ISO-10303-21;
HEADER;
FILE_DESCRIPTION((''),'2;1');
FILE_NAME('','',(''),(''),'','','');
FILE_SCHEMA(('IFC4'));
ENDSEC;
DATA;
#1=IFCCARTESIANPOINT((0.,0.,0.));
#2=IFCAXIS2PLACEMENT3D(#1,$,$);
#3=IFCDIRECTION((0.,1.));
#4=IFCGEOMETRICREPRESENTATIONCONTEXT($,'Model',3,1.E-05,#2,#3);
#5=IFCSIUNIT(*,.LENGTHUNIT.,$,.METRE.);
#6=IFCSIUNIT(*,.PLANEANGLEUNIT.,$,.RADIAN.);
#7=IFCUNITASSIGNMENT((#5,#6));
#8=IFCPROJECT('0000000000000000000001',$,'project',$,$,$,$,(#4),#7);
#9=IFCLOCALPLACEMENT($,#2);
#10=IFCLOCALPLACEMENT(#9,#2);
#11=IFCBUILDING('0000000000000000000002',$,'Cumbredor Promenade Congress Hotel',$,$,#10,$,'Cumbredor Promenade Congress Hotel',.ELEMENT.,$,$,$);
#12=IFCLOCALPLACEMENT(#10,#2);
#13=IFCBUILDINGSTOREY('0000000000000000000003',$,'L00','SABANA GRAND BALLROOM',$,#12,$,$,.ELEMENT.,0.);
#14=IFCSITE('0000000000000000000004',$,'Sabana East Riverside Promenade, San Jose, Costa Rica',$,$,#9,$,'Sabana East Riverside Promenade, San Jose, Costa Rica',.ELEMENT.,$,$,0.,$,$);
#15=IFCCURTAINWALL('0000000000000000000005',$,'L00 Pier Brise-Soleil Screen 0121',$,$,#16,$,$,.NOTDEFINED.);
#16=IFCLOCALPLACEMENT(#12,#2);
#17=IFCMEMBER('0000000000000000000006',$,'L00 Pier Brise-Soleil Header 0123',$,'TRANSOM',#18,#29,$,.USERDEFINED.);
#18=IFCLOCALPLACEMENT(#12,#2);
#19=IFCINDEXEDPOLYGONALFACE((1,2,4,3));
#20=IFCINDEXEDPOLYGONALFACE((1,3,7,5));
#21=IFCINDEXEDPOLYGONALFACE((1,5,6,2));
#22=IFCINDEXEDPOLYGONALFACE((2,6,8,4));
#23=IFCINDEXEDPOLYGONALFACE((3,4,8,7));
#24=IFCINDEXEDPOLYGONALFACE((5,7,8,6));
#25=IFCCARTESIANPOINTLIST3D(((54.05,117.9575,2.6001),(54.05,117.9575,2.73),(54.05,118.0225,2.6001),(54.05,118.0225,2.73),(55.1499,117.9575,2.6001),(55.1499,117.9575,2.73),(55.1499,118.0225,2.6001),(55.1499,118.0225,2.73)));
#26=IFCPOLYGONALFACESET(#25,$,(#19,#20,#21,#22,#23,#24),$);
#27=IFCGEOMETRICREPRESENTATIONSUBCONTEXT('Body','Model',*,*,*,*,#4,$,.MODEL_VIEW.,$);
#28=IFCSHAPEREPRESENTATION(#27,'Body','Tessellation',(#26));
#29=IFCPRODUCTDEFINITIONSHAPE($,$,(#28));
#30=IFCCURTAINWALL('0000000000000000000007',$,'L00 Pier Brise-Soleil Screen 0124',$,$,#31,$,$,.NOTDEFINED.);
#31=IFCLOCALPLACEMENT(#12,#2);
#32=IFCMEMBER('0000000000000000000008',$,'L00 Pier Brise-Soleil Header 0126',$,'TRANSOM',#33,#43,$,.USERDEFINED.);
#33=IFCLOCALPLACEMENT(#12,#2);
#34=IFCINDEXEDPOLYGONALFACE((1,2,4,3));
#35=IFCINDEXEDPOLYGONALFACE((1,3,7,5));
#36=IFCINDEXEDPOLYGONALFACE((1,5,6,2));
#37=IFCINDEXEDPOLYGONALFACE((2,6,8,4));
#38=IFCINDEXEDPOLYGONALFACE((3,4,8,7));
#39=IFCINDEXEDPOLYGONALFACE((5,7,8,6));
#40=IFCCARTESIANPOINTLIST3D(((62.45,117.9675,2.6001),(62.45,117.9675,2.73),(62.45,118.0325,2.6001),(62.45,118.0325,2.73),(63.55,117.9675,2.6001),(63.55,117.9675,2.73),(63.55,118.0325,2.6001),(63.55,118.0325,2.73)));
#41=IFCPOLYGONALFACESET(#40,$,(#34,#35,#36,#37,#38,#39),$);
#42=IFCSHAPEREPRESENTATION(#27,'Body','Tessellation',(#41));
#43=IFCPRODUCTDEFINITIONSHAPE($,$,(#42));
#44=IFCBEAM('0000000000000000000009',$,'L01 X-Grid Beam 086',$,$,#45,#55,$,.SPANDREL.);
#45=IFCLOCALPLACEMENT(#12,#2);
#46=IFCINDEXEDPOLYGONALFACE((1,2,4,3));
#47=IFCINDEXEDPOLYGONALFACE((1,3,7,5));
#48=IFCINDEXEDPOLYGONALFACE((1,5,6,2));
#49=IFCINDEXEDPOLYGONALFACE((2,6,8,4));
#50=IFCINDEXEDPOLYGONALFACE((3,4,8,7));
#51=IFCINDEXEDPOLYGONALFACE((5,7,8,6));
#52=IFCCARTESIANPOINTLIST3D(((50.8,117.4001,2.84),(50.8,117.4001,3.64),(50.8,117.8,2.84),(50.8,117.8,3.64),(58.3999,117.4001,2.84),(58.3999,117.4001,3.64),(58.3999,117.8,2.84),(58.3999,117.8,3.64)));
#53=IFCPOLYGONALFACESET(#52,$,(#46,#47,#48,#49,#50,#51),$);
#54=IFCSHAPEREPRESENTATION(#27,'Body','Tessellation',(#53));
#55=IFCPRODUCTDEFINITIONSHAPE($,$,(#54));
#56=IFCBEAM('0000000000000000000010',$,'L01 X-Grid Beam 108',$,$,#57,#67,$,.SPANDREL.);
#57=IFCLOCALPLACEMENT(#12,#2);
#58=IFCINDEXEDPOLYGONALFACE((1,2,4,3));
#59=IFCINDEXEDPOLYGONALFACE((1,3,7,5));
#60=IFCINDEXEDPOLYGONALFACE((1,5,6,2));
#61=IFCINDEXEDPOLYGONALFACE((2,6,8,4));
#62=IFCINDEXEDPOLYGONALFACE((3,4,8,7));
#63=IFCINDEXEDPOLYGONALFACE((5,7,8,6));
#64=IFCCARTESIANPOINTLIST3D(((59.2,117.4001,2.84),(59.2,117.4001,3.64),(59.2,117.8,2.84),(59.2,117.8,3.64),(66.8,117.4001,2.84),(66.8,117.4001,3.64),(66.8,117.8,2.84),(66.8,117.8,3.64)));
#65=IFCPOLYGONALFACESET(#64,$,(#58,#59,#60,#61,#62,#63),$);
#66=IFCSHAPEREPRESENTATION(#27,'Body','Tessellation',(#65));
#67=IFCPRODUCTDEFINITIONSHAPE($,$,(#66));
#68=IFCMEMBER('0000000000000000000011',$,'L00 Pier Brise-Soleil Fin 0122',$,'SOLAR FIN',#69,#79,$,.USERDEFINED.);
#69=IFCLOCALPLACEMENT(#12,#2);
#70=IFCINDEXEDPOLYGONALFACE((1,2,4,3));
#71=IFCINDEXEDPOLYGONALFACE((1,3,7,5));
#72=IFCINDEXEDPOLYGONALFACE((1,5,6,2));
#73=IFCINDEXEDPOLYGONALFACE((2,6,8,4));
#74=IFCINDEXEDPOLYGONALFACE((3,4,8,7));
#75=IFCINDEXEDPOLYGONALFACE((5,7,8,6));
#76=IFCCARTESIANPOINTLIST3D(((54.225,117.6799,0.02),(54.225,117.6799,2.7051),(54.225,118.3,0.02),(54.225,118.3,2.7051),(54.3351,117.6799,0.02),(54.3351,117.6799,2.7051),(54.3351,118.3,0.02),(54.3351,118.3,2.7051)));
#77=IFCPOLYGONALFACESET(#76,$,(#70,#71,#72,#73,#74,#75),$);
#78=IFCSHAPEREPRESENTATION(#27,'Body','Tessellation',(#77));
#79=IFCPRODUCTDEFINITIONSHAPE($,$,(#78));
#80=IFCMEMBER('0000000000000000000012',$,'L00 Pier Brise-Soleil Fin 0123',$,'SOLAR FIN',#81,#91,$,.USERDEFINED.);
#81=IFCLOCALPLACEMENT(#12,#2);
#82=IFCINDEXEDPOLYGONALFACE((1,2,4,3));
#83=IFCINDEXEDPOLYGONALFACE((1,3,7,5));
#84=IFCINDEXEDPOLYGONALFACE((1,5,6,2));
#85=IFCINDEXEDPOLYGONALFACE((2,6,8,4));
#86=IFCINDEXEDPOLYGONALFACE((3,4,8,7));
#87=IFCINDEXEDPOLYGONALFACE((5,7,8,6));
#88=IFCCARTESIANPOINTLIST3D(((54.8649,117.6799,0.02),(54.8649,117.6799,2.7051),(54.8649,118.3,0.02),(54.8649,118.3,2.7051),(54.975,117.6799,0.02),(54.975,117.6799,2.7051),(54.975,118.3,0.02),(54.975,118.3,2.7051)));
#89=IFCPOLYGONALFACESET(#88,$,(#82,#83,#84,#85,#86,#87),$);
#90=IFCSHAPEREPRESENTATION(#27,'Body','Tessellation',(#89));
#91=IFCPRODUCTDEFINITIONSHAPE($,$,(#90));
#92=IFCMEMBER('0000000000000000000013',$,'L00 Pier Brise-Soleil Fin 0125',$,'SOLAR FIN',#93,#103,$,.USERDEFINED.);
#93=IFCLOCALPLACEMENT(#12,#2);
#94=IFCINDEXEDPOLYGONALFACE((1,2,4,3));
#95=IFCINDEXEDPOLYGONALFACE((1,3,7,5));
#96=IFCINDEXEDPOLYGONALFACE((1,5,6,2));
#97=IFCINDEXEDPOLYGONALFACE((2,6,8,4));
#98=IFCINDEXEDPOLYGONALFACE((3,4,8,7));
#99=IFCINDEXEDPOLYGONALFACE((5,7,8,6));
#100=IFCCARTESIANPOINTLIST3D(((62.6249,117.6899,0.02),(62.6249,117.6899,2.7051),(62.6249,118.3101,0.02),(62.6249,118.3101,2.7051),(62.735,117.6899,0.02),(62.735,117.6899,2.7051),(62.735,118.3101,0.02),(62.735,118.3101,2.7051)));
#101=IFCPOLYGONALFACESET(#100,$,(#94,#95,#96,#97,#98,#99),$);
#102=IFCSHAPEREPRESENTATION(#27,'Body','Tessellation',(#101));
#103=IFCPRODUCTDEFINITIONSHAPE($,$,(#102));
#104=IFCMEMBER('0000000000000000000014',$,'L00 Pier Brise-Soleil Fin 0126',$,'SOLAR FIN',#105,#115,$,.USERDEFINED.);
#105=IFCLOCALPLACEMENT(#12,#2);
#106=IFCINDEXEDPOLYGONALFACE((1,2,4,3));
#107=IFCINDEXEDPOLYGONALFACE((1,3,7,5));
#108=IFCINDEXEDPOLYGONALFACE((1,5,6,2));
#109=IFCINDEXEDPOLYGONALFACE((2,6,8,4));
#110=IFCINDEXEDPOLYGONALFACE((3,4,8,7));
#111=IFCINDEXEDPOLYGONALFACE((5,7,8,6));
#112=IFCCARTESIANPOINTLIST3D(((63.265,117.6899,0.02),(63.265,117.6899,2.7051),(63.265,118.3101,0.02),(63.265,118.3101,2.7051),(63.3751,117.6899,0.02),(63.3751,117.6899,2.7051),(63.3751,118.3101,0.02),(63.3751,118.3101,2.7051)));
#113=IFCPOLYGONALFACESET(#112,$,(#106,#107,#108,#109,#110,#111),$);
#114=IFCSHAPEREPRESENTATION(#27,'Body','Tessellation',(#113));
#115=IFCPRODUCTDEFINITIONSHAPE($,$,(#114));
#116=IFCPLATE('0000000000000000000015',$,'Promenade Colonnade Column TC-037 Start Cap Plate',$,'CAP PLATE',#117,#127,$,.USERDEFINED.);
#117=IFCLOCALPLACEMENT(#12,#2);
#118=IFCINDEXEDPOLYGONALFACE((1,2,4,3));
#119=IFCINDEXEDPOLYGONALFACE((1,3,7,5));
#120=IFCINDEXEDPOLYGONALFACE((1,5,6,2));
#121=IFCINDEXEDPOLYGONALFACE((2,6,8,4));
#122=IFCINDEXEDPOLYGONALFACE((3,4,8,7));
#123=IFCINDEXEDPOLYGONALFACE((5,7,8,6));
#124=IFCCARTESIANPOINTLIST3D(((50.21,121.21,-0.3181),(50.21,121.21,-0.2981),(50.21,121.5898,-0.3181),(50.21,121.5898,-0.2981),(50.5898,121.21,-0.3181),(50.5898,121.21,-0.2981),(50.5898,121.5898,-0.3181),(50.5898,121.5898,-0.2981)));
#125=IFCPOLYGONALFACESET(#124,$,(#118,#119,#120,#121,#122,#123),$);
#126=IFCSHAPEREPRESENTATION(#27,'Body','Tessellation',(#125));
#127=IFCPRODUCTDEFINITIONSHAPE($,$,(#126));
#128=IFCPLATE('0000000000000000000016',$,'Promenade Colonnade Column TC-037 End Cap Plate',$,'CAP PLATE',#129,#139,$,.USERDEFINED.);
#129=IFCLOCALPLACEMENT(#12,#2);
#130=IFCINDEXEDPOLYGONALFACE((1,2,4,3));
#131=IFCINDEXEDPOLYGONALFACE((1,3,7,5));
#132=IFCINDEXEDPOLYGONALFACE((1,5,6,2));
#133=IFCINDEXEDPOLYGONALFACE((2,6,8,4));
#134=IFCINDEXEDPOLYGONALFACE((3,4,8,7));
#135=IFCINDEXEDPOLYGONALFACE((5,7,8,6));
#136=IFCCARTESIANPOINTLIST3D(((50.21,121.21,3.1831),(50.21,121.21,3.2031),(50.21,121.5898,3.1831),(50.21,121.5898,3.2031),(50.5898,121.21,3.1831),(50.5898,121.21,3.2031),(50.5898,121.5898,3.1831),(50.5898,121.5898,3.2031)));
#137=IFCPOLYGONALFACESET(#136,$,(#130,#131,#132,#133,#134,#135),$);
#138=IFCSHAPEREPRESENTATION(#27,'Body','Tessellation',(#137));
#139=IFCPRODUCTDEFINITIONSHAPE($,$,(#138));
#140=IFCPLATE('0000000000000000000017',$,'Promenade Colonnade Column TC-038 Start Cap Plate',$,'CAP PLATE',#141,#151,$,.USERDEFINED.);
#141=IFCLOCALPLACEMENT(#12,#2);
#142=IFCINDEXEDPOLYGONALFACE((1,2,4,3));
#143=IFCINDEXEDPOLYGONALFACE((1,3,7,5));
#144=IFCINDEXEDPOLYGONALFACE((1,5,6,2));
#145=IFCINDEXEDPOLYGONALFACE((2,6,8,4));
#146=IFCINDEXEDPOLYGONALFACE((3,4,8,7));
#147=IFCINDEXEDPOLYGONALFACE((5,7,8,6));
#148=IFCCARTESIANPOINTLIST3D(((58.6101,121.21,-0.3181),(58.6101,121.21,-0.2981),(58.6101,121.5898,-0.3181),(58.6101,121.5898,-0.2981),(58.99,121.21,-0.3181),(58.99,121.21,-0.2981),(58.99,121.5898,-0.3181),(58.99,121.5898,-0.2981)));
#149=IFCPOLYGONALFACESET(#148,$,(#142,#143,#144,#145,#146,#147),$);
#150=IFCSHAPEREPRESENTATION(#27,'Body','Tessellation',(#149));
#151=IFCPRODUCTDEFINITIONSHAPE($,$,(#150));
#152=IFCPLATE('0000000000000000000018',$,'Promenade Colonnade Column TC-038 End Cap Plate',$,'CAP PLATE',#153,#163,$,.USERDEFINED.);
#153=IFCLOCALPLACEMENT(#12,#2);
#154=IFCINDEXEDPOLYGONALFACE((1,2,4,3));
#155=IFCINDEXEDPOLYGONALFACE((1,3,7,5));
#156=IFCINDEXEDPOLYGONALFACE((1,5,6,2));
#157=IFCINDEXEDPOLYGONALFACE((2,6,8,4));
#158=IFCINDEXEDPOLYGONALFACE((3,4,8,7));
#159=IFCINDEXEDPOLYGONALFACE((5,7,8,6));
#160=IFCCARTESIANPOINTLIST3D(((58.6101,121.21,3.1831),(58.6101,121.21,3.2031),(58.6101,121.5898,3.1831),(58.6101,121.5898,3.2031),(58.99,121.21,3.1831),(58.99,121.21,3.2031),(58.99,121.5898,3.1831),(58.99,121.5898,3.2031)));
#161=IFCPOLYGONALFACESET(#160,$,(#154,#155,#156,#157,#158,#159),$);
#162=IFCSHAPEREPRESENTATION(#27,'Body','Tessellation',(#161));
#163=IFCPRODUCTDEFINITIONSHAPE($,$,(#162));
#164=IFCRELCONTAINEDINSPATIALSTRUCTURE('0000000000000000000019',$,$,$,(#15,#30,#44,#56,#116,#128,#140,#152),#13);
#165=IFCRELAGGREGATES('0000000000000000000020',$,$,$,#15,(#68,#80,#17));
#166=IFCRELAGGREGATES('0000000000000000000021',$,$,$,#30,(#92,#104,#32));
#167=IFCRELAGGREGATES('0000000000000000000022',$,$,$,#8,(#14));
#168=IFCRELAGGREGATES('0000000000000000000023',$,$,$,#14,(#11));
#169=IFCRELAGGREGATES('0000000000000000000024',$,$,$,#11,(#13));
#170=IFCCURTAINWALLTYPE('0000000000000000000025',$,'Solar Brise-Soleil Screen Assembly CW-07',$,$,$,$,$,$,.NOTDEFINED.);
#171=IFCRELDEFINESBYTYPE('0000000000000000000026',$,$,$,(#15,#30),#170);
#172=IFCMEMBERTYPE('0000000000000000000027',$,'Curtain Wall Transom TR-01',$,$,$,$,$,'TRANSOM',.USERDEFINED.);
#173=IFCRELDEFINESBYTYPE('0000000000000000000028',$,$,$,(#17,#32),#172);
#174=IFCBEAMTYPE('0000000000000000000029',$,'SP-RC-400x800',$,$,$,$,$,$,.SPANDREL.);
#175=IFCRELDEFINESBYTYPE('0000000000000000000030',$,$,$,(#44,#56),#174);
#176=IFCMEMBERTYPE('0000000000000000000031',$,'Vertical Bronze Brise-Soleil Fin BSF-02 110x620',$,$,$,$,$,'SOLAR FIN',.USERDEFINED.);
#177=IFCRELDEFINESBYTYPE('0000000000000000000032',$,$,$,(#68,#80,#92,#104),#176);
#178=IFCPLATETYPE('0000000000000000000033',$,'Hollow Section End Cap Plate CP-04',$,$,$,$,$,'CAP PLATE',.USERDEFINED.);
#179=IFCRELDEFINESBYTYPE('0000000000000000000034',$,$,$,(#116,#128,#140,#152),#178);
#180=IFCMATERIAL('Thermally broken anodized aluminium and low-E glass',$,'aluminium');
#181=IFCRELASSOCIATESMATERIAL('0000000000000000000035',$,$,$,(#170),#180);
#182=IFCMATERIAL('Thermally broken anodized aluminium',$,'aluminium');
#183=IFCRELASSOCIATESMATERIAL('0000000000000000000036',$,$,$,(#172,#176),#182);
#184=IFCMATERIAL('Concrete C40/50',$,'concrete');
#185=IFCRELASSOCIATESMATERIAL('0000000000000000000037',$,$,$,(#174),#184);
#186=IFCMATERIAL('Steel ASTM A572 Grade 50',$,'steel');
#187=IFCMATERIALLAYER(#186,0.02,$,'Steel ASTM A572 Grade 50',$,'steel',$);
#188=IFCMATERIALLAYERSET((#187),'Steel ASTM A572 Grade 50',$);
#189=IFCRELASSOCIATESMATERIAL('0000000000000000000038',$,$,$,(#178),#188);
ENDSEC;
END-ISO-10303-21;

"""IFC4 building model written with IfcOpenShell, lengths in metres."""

from ifc_helpers import new_model, si_unit, direction, frame, origin, origin_2d, place, context, subcontext, project, spatial, rectangle, extrude, material, layer, layer_set, material_profile, profile_set, type_object, element, aggregate, save


model = new_model("IFC4")

# Units and contexts
model_context = context("Model", 3, precision=1e-05, world=origin(), true_north=direction((0.0, 1.0)))
body_context = subcontext(model_context, "Body", "Model", "MODEL_VIEW")
ifc_project = project(units=[si_unit("LENGTHUNIT", "METRE"), si_unit("PLANEANGLEUNIT", "RADIAN")], contexts=[model_context])

# Site, building, storey
site_placement = place(None, origin())
site = spatial("IfcSite", under=ifc_project, at=site_placement, Name="Sabana East Riverside Promenade, San Jose, Costa Rica", LongName="Sabana East Riverside Promenade, San Jose, Costa Rica", CompositionType="ELEMENT", RefElevation=0.0)
building_placement = place(site_placement, origin())
building = spatial("IfcBuilding", under=site, at=building_placement, Name="Cumbredor Promenade Congress Hotel", LongName="Cumbredor Promenade Congress Hotel", CompositionType="ELEMENT")
storey_placement = place(building_placement, origin())
storey = spatial("IfcBuildingStorey", under=building, at=storey_placement, Name="L00", Description="SABANA GRAND BALLROOM", CompositionType="ELEMENT", Elevation=0.0)

# Shared definitions
ifc_material_1 = material(Name="Concrete C40/50", Category="concrete")

# Curtain walls, members
ifc_material_2 = material(Name="Thermally broken anodized aluminium and low-E glass", Category="aluminium")
curtain_wall_type = type_object("IfcCurtainWallType", Name="Solar Brise-Soleil Screen Assembly CW-07", PredefinedType="NOTDEFINED", material=ifc_material_2)
curtain_wall_1_placement = place(storey_placement, origin())
curtain_wall_1 = element("IfcCurtainWall", 1, at=curtain_wall_1_placement, inside=storey, type_object=curtain_wall_type, Name="L00 Pier Brise-Soleil Screen 0121", PredefinedType="NOTDEFINED")
ifc_material_3 = material(Name="Thermally broken anodized aluminium", Category="aluminium")
ifc_material_profile_1 = material_profile(ifc_material_3, rectangle(XDim=0.0649, YDim=0.1299, at=origin_2d()), Name="ALU TRANSOM 65x130")
ifc_profile_set_1 = profile_set([ifc_material_profile_1], Name="Thermally broken anodized aluminium")
member_type_1 = type_object("IfcMemberType", Name="Curtain Wall Transom TR-01", ElementType="TRANSOM", PredefinedType="USERDEFINED", material=ifc_profile_set_1)
member_1_placement = place(storey_placement, frame((54.05, 117.99, 2.665), z_axis=(1.0, 0.0, 0.0), x_axis=(0.0, 1.0, 0.0)))
member_1 = element("IfcMember", 2, at=member_1_placement, type_object=member_type_1, Name="L00 Pier Brise-Soleil Header 0123", ObjectType="TRANSOM", PredefinedType="USERDEFINED", context=body_context, shape_type="SweptSolid", body=[
    extrude(rectangle(XDim=0.0649, YDim=0.1299, at=origin_2d()), origin(), (0.0, 0.0, 1.0), 1.0999),
])
curtain_wall_2_placement = place(storey_placement, origin())
curtain_wall_2 = element("IfcCurtainWall", 3, at=curtain_wall_2_placement, inside=storey, type_object=curtain_wall_type, Name="L00 Pier Brise-Soleil Screen 0124", PredefinedType="NOTDEFINED")
member_2_placement = place(storey_placement, frame((62.45, 118.0, 2.665), z_axis=(1.0, 0.0, 0.0), x_axis=(0.0, 1.0, 0.0)))
member_2 = element("IfcMember", 4, at=member_2_placement, type_object=member_type_1, Name="L00 Pier Brise-Soleil Header 0126", ObjectType="TRANSOM", PredefinedType="USERDEFINED", context=body_context, shape_type="SweptSolid", body=[
    extrude(rectangle(XDim=0.0649, YDim=0.1299, at=origin_2d()), origin(), (0.0, 0.0, 1.0), 1.1001),
])

# Beams
ifc_material_profile_2 = material_profile(ifc_material_1, rectangle(XDim=0.3999, YDim=0.8, at=origin_2d()), Name="RC SPANDREL 400x800")
ifc_profile_set_2 = profile_set([ifc_material_profile_2], Name="Concrete C40/50")
beam_type_1 = type_object("IfcBeamType", Name="SP-RC-400x800", PredefinedType="SPANDREL", material=ifc_profile_set_2)
beam_1_placement = place(storey_placement, frame((50.8, 117.6001, 3.24), z_axis=(1.0, 0.0, 0.0), x_axis=(0.0, 1.0, 0.0)))
element("IfcBeam", 5, at=beam_1_placement, inside=storey, type_object=beam_type_1, Name="L01 X-Grid Beam 086", PredefinedType="SPANDREL", context=body_context, shape_type="SweptSolid", body=[
    extrude(rectangle(XDim=0.3999, YDim=0.8, at=origin_2d()), origin(), (0.0, 0.0, 1.0), 7.5999),
])
beam_2_placement = place(storey_placement, frame((59.2, 117.6001, 3.24), z_axis=(1.0, 0.0, 0.0), x_axis=(0.0, 1.0, 0.0)))
element("IfcBeam", 6, at=beam_2_placement, inside=storey, type_object=beam_type_1, Name="L01 X-Grid Beam 108", PredefinedType="SPANDREL", context=body_context, shape_type="SweptSolid", body=[
    extrude(rectangle(XDim=0.3999, YDim=0.8, at=origin_2d()), origin(), (0.0, 0.0, 1.0), 7.6001),
])

# Members
ifc_material_profile_3 = material_profile(ifc_material_3, rectangle(XDim=0.1101, YDim=0.6201, at=origin_2d()), Name="ARCH FIN 110x620")
ifc_profile_set_3 = profile_set([ifc_material_profile_3], Name="Thermally broken anodized aluminium")
member_type_2 = type_object("IfcMemberType", Name="Vertical Bronze Brise-Soleil Fin BSF-02 110x620", ElementType="SOLAR FIN", PredefinedType="USERDEFINED", material=ifc_profile_set_3)
member_3_placement = place(storey_placement, frame((54.28, 117.99, 0.02), z_axis=(0.0, 0.0, 1.0), x_axis=(1.0, 0.0, 0.0)))
member_3 = element("IfcMember", 7, at=member_3_placement, type_object=member_type_2, Name="L00 Pier Brise-Soleil Fin 0122", ObjectType="SOLAR FIN", PredefinedType="USERDEFINED", context=body_context, shape_type="SweptSolid", body=[
    extrude(rectangle(XDim=0.1101, YDim=0.6201, at=origin_2d()), origin(), (0.0, 0.0, 1.0), 2.6851),
])
member_4_placement = place(storey_placement, frame((54.9199, 117.99, 0.02), z_axis=(0.0, 0.0, 1.0), x_axis=(1.0, 0.0, 0.0)))
member_4 = element("IfcMember", 8, at=member_4_placement, type_object=member_type_2, Name="L00 Pier Brise-Soleil Fin 0123", ObjectType="SOLAR FIN", PredefinedType="USERDEFINED", context=body_context, shape_type="SweptSolid", body=[
    extrude(rectangle(XDim=0.1101, YDim=0.6201, at=origin_2d()), origin(), (0.0, 0.0, 1.0), 2.6851),
])
aggregate(curtain_wall_1, [member_3, member_4, member_1])
member_5_placement = place(storey_placement, frame((62.6799, 118.0, 0.02), z_axis=(0.0, 0.0, 1.0), x_axis=(1.0, 0.0, 0.0)))
member_5 = element("IfcMember", 9, at=member_5_placement, type_object=member_type_2, Name="L00 Pier Brise-Soleil Fin 0125", ObjectType="SOLAR FIN", PredefinedType="USERDEFINED", context=body_context, shape_type="SweptSolid", body=[
    extrude(rectangle(XDim=0.1101, YDim=0.6201, at=origin_2d()), origin(), (0.0, 0.0, 1.0), 2.6851),
])
member_6_placement = place(storey_placement, frame((63.3201, 118.0, 0.02), z_axis=(0.0, 0.0, 1.0), x_axis=(1.0, 0.0, 0.0)))
member_6 = element("IfcMember", 10, at=member_6_placement, type_object=member_type_2, Name="L00 Pier Brise-Soleil Fin 0126", ObjectType="SOLAR FIN", PredefinedType="USERDEFINED", context=body_context, shape_type="SweptSolid", body=[
    extrude(rectangle(XDim=0.1101, YDim=0.6201, at=origin_2d()), origin(), (0.0, 0.0, 1.0), 2.6851),
])
aggregate(curtain_wall_2, [member_5, member_6, member_2])

# Plates
ifc_material_4 = material(Name="Steel ASTM A572 Grade 50", Category="steel")
ifc_layer_1 = layer(ifc_material_4, 0.02, Name="Steel ASTM A572 Grade 50", Category="steel")
ifc_layer_set_1 = layer_set([ifc_layer_1], Name="Steel ASTM A572 Grade 50")
plate_type = type_object("IfcPlateType", Name="Hollow Section End Cap Plate CP-04", ElementType="CAP PLATE", PredefinedType="USERDEFINED", material=ifc_layer_set_1)
for number, where, z_axis, x_axis, name in (
    (11, (50.3999, 121.3999, -0.3181), (0.0, 0.0, 1.0), (1.0, 0.0, 0.0), "Promenade Colonnade Column TC-037 Start Cap Plate"),
    (12, (50.3999, 121.3999, 3.1831), (0.0, 0.0, 1.0), (1.0, 0.0, 0.0), "Promenade Colonnade Column TC-037 End Cap Plate"),
    (13, (58.8, 121.3999, -0.3181), (0.0, 0.0, 1.0), (1.0, 0.0, 0.0), "Promenade Colonnade Column TC-038 Start Cap Plate"),
    (14, (58.8, 121.3999, 3.1831), (0.0, 0.0, 1.0), (1.0, 0.0, 0.0), "Promenade Colonnade Column TC-038 End Cap Plate"),
):
    element("IfcPlate", number, at=place(storey_placement, frame(where, z_axis=z_axis, x_axis=x_axis)), inside=storey, type_object=plate_type, Name=name, ObjectType="CAP PLATE", PredefinedType="USERDEFINED", context=body_context, shape_type="SweptSolid", body=[
        extrude(rectangle(XDim=0.3799, YDim=0.3799, at=origin_2d()), origin(), (0.0, 0.0, 1.0), 0.02),
    ])

save(model, "model.ifc")
